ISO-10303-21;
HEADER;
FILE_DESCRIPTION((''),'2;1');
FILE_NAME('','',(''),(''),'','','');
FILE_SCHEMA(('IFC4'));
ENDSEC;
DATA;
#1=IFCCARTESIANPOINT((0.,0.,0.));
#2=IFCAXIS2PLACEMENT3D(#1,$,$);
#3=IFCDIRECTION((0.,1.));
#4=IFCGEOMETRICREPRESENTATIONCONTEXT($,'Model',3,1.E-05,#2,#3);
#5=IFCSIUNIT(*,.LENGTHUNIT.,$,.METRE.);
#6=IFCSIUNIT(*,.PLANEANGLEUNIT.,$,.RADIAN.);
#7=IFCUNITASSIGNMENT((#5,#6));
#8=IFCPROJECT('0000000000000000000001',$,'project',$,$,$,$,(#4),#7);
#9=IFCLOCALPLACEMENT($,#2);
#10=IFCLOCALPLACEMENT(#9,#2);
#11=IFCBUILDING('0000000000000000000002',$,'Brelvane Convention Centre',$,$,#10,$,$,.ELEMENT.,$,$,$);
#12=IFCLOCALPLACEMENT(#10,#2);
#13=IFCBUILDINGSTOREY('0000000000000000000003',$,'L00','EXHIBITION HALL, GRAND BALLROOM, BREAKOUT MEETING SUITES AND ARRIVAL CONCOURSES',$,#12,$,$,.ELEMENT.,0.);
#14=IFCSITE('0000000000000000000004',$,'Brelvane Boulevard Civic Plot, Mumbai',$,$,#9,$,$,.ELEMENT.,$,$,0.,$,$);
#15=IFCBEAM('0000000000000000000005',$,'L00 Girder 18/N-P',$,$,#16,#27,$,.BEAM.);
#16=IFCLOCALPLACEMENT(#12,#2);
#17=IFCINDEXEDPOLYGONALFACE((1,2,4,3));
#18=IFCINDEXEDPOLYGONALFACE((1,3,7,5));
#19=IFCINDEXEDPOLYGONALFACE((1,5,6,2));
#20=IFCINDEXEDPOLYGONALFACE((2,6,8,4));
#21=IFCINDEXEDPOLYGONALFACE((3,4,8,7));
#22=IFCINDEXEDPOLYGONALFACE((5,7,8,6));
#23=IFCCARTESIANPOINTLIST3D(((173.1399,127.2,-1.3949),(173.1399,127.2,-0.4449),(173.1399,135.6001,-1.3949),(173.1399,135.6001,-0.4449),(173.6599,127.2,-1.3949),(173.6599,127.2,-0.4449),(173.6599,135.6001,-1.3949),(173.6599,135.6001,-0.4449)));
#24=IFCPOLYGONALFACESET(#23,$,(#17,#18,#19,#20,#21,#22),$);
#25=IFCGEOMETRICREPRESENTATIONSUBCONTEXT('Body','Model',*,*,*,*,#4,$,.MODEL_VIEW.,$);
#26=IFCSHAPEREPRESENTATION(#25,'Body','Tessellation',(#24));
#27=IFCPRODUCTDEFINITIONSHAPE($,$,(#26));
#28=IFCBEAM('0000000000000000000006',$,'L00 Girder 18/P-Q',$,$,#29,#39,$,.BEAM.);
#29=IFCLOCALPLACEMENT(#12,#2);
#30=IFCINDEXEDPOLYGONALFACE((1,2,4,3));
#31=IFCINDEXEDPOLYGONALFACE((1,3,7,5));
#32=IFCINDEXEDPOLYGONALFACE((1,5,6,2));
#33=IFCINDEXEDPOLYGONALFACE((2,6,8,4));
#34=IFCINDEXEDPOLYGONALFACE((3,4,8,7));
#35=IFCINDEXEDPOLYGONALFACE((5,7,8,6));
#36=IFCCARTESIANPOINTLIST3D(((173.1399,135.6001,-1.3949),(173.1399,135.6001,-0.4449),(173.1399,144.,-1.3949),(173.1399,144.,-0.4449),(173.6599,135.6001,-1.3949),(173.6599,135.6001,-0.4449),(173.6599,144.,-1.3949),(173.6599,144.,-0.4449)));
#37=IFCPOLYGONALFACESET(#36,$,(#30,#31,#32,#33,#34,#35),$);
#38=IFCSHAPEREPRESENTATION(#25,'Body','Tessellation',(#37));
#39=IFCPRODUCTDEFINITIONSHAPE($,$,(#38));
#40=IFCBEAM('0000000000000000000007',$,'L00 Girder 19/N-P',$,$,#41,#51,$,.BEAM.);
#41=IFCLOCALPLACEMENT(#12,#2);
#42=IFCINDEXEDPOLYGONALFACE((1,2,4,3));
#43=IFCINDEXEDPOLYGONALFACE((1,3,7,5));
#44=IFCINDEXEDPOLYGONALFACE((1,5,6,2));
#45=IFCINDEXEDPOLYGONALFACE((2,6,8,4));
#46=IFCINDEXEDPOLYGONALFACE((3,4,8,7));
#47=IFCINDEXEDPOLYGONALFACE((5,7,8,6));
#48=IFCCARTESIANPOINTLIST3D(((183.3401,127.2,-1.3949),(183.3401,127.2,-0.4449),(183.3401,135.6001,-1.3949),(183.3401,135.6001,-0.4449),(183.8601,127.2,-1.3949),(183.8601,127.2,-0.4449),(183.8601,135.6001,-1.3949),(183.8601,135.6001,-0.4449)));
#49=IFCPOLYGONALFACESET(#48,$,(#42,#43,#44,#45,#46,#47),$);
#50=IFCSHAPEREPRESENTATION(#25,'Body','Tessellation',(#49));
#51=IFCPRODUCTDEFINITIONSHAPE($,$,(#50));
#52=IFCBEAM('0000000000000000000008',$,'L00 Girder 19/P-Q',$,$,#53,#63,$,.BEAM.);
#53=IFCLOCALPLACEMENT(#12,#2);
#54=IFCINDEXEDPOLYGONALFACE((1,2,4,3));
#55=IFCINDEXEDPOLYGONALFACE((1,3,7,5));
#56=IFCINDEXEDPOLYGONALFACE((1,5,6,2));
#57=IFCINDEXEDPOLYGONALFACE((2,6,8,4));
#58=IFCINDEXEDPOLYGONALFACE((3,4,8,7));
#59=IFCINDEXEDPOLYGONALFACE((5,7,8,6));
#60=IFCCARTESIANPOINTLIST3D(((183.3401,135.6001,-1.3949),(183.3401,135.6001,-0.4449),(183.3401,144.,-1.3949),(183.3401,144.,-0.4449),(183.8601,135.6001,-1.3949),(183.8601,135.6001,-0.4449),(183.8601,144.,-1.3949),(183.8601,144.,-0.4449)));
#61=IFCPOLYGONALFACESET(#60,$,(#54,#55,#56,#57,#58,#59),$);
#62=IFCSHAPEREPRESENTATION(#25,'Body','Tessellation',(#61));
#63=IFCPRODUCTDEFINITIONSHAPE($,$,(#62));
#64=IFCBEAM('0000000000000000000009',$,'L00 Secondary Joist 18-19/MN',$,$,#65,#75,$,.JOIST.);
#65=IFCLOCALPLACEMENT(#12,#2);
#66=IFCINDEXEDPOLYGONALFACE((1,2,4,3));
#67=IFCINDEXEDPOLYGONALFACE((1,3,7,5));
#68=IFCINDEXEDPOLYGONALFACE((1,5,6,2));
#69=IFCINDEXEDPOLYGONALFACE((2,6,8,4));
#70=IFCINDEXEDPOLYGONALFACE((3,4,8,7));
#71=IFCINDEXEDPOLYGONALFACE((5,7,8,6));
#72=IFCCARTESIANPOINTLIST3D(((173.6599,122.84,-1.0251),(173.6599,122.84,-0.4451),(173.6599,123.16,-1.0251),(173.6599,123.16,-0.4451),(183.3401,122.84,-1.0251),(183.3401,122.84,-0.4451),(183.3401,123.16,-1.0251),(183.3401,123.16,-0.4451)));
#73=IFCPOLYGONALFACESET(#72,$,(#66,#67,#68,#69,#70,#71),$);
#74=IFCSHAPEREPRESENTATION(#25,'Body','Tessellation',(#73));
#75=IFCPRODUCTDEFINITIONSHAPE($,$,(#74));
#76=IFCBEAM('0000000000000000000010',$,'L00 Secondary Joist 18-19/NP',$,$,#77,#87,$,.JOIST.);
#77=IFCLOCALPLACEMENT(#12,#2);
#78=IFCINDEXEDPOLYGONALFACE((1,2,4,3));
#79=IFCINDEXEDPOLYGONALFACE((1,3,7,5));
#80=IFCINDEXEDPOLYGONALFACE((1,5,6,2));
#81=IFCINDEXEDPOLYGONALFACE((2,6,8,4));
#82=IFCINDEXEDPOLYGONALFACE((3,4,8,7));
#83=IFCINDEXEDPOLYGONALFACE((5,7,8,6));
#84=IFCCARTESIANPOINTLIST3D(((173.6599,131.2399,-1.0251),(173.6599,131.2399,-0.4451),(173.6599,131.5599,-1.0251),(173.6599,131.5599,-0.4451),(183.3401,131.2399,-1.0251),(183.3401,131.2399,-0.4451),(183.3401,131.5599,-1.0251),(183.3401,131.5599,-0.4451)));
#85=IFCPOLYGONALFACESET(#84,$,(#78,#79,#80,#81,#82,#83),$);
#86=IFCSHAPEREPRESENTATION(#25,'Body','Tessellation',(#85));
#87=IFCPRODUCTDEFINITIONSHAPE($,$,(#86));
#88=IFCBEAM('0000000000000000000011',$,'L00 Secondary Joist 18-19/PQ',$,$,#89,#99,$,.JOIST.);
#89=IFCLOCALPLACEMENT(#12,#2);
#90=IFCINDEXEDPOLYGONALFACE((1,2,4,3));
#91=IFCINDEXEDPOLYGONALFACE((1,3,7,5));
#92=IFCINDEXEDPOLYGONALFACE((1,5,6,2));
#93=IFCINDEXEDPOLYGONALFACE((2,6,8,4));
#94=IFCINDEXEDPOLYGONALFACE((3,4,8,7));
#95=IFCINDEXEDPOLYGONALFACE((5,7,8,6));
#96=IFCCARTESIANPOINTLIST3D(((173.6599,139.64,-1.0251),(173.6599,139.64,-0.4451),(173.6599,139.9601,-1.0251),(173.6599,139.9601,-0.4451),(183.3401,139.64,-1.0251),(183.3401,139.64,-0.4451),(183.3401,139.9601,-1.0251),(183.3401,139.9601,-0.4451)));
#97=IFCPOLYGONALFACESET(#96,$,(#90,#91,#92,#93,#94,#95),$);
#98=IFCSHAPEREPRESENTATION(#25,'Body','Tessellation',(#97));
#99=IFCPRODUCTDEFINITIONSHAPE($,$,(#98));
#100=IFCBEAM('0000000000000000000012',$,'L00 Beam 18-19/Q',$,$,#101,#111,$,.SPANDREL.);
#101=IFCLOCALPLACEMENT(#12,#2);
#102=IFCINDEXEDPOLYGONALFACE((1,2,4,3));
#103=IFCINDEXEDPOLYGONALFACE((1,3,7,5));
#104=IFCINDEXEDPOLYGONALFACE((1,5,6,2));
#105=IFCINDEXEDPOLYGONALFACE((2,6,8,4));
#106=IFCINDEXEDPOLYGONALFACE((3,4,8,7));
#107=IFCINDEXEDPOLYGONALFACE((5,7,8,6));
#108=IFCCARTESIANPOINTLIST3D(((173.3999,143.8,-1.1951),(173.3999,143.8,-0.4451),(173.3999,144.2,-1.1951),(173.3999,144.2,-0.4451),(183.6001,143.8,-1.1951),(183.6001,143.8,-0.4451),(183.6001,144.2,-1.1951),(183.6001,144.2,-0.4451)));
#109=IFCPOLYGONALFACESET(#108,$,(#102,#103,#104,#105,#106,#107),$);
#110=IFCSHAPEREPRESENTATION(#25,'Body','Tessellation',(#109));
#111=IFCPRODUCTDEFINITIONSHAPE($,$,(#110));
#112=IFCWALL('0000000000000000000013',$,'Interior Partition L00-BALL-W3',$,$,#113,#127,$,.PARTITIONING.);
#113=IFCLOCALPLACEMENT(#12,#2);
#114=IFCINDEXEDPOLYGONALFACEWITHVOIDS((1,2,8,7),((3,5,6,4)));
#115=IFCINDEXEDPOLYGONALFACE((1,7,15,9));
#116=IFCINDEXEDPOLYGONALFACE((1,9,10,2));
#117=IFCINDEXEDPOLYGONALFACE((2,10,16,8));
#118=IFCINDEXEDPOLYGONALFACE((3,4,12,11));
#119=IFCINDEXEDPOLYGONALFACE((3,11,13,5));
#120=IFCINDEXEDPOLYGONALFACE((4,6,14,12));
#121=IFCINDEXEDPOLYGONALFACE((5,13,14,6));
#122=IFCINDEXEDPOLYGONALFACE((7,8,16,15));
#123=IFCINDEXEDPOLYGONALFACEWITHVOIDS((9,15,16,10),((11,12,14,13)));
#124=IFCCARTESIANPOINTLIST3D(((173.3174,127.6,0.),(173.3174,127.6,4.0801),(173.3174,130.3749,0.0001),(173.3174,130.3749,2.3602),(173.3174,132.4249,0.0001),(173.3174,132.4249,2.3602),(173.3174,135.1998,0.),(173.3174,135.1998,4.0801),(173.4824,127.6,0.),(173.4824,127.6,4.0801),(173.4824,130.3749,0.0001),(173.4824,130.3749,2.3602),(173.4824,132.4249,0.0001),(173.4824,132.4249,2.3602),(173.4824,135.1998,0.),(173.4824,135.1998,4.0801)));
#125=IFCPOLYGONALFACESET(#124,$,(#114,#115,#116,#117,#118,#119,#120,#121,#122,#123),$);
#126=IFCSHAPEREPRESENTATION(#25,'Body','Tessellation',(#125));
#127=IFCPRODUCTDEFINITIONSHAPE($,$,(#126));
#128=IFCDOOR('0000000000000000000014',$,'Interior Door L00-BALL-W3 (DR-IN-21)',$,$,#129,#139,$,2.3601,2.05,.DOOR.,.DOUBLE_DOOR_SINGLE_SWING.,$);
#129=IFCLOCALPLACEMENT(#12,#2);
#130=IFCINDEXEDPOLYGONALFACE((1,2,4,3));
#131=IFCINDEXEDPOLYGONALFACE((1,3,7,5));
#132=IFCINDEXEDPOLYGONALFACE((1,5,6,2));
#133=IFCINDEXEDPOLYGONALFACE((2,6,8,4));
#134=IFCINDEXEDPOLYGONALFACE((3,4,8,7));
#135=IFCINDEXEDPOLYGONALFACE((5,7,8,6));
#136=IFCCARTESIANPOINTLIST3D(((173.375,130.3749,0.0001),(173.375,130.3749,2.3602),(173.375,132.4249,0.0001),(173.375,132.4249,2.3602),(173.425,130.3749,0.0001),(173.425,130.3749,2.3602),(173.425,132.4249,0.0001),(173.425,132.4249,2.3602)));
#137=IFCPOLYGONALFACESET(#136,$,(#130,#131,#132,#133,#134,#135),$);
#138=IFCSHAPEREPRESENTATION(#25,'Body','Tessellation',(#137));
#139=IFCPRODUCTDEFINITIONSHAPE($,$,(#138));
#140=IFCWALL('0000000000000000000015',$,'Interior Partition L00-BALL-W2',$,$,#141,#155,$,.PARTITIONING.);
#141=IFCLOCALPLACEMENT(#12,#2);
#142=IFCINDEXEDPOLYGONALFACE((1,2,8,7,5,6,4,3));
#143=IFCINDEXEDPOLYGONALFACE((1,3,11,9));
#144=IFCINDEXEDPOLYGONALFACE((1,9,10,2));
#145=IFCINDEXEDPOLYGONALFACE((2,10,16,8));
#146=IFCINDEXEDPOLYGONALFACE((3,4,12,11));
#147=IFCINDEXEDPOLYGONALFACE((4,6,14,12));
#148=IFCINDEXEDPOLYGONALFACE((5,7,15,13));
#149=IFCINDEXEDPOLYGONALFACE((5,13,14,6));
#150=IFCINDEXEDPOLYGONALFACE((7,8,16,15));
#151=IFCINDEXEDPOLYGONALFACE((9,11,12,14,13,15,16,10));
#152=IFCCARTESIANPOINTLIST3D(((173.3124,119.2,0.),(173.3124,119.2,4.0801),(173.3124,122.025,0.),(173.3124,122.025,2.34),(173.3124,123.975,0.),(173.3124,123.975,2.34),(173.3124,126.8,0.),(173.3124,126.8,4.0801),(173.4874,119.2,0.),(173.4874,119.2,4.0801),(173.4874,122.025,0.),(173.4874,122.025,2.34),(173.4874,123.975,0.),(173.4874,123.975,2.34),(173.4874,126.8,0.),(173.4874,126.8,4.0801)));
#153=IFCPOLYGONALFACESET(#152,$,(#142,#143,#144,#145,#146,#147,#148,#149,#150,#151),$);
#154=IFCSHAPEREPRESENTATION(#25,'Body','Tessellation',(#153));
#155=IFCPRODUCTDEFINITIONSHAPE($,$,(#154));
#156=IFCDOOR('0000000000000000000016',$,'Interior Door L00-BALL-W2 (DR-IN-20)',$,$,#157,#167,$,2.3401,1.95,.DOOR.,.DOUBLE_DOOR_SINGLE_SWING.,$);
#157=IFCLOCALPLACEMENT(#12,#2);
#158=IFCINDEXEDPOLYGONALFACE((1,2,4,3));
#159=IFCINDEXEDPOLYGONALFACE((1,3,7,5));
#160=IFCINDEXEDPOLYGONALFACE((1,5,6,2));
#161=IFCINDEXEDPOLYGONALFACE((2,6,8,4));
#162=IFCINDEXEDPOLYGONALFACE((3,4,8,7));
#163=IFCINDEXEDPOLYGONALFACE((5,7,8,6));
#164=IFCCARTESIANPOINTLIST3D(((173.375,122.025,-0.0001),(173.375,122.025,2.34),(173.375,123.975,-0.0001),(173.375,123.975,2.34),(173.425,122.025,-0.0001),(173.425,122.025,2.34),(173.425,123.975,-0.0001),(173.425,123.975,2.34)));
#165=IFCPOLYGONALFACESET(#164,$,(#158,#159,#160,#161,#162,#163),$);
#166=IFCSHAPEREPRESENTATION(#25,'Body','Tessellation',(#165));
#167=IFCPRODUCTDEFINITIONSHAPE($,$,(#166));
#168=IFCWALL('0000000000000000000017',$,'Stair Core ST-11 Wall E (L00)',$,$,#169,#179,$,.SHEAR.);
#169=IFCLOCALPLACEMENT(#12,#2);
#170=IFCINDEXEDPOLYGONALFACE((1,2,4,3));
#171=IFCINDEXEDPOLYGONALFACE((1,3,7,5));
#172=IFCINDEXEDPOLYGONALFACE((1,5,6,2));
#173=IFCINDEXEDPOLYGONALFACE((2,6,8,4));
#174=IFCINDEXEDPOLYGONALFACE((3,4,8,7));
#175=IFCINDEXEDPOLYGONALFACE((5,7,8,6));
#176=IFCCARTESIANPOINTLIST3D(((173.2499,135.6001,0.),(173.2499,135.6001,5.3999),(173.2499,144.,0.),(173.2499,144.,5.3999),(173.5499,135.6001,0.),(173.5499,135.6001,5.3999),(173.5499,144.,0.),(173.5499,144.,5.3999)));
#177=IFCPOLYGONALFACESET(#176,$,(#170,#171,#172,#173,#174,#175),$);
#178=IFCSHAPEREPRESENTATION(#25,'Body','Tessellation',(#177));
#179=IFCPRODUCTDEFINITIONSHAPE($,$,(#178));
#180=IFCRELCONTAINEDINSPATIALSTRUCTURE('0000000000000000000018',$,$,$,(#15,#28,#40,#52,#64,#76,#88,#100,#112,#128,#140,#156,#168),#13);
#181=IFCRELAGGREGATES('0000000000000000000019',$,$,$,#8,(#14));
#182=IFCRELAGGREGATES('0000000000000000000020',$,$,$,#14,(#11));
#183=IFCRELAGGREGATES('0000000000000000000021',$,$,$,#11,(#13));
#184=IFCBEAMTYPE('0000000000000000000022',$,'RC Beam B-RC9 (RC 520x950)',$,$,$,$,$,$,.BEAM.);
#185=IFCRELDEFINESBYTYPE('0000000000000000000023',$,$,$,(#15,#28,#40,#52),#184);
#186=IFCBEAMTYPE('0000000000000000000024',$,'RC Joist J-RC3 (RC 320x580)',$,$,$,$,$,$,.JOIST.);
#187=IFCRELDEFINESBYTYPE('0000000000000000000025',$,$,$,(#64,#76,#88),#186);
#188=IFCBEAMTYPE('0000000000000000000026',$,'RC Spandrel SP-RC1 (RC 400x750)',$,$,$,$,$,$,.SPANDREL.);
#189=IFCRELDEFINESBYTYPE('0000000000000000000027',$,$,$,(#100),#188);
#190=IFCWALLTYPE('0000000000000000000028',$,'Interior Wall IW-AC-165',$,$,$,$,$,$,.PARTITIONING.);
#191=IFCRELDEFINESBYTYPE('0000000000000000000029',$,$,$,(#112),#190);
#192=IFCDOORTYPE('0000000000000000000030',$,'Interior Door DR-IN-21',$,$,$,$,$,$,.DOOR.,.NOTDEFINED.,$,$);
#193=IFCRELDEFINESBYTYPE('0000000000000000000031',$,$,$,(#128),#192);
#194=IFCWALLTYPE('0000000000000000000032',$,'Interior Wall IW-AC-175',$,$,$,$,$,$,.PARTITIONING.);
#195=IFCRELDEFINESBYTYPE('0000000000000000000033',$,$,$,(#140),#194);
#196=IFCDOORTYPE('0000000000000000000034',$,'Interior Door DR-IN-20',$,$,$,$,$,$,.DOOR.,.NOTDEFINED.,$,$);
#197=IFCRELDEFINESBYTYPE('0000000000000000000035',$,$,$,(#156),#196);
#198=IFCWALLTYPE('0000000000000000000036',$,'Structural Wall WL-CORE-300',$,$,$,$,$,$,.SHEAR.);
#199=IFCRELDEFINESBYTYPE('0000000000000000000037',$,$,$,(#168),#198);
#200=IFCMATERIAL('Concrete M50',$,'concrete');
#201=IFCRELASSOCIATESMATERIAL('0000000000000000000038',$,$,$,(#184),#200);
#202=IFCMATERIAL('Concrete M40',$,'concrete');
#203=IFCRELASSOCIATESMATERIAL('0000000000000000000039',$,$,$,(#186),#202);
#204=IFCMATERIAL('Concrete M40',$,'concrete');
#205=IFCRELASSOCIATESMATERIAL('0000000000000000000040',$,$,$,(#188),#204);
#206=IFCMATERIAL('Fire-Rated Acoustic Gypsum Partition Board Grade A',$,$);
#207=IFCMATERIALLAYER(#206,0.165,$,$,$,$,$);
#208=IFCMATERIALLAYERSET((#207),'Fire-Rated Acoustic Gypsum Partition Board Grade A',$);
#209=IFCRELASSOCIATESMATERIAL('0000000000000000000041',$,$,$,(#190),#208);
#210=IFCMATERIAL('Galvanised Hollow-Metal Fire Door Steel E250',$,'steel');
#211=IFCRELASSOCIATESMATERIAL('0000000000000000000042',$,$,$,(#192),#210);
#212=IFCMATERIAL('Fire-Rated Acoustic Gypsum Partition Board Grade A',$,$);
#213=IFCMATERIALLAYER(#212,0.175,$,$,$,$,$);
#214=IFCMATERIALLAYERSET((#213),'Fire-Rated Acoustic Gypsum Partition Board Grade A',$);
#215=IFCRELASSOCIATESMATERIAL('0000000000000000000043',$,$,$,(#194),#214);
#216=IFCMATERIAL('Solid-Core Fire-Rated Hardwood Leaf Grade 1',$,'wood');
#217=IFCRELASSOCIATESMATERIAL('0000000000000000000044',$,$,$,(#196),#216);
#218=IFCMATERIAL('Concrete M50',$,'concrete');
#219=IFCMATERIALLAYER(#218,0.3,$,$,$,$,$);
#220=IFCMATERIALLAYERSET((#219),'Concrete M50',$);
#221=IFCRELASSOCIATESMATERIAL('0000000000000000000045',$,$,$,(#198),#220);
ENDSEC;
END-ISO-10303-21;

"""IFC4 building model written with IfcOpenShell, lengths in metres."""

from ifc_helpers import new_model, si_unit, direction, frame, frame_2d, origin, origin_2d, place, context, subcontext, project, spatial, rectangle, extrude, material, layer, layer_set, material_profile, profile_set, type_object, element, fill, save


model = new_model("IFC4")

# Units and contexts
model_context = context("Model", 3, precision=1e-05, world=origin(), true_north=direction((0.0, 1.0)))
body_context = subcontext(model_context, "Body", "Model", "MODEL_VIEW")
ifc_project = project(units=[si_unit("LENGTHUNIT", "METRE"), si_unit("PLANEANGLEUNIT", "RADIAN")], contexts=[model_context])

# Site, building, storey
site_placement = place(None, origin())
site = spatial("IfcSite", under=ifc_project, at=site_placement, Name="Brelvane Boulevard Civic Plot, Mumbai", CompositionType="ELEMENT", RefElevation=0.0)
building_placement = place(site_placement, origin())
building = spatial("IfcBuilding", under=site, at=building_placement, Name="Brelvane Convention Centre", CompositionType="ELEMENT")
storey_placement = place(building_placement, origin())
storey = spatial("IfcBuildingStorey", under=building, at=storey_placement, Name="L00", Description="EXHIBITION HALL, GRAND BALLROOM, BREAKOUT MEETING SUITES AND ARRIVAL CONCOURSES", CompositionType="ELEMENT", Elevation=0.0)

# Beams
ifc_material_1 = material(Name="Concrete M50", Category="concrete")
ifc_material_profile_1 = material_profile(ifc_material_1, rectangle(XDim=0.52, YDim=0.95, at=origin_2d()), Name="RC 520x950")
ifc_profile_set_1 = profile_set([ifc_material_profile_1], Name="Concrete M50")
beam_type_1 = type_object("IfcBeamType", Name="RC Beam B-RC9 (RC 520x950)", PredefinedType="BEAM", material=ifc_profile_set_1)
beam_1_placement = place(storey_placement, frame((173.3999, 127.2, -0.9199), z_axis=(0.0, 1.0, 0.0), x_axis=(-1.0, 0.0, 0.0)))
element("IfcBeam", 1, at=beam_1_placement, inside=storey, type_object=beam_type_1, Name="L00 Girder 18/N-P", PredefinedType="BEAM", context=body_context, shape_type="SweptSolid", body=[
    extrude(rectangle(XDim=0.52, YDim=0.95, at=origin_2d()), origin(), (0.0, 0.0, 1.0), 8.4001),
])
beam_2_placement = place(storey_placement, frame((173.3999, 135.6001, -0.9199), z_axis=(0.0, 1.0, 0.0), x_axis=(-1.0, 0.0, 0.0)))
element("IfcBeam", 2, at=beam_2_placement, inside=storey, type_object=beam_type_1, Name="L00 Girder 18/P-Q", PredefinedType="BEAM", context=body_context, shape_type="SweptSolid", body=[
    extrude(rectangle(XDim=0.52, YDim=0.95, at=origin_2d()), origin(), (0.0, 0.0, 1.0), 8.3999),
])
beam_3_placement = place(storey_placement, frame((183.6001, 127.2, -0.9199), z_axis=(0.0, 1.0, 0.0), x_axis=(-1.0, 0.0, 0.0)))
element("IfcBeam", 3, at=beam_3_placement, inside=storey, type_object=beam_type_1, Name="L00 Girder 19/N-P", PredefinedType="BEAM", context=body_context, shape_type="SweptSolid", body=[
    extrude(rectangle(XDim=0.52, YDim=0.95, at=origin_2d()), origin(), (0.0, 0.0, 1.0), 8.4001),
])
beam_4_placement = place(storey_placement, frame((183.6001, 135.6001, -0.9199), z_axis=(0.0, 1.0, 0.0), x_axis=(-1.0, 0.0, 0.0)))
element("IfcBeam", 4, at=beam_4_placement, inside=storey, type_object=beam_type_1, Name="L00 Girder 19/P-Q", PredefinedType="BEAM", context=body_context, shape_type="SweptSolid", body=[
    extrude(rectangle(XDim=0.52, YDim=0.95, at=origin_2d()), origin(), (0.0, 0.0, 1.0), 8.3999),
])
ifc_material_2 = material(Name="Concrete M40", Category="concrete")
ifc_material_profile_2 = material_profile(ifc_material_2, rectangle(XDim=0.3201, YDim=0.5801, at=origin_2d()), Name="RC 320x580")
ifc_profile_set_2 = profile_set([ifc_material_profile_2], Name="Concrete M40")
beam_type_2 = type_object("IfcBeamType", Name="RC Joist J-RC3 (RC 320x580)", PredefinedType="JOIST", material=ifc_profile_set_2)
for number, where, z_axis, x_axis, name in (
    (5, (173.6599, 123.0, -0.7351), (1.0, 0.0, 0.0), (0.0, 1.0, 0.0), "L00 Secondary Joist 18-19/MN"),
    (6, (173.6599, 131.3999, -0.7351), (1.0, 0.0, 0.0), (0.0, 1.0, 0.0), "L00 Secondary Joist 18-19/NP"),
    (7, (173.6599, 139.8, -0.7351), (1.0, 0.0, 0.0), (0.0, 1.0, 0.0), "L00 Secondary Joist 18-19/PQ"),
):
    element("IfcBeam", number, at=place(storey_placement, frame(where, z_axis=z_axis, x_axis=x_axis)), inside=storey, type_object=beam_type_2, Name=name, PredefinedType="JOIST", context=body_context, shape_type="SweptSolid", body=[
        extrude(rectangle(XDim=0.3201, YDim=0.5801, at=origin_2d()), origin(), (0.0, 0.0, 1.0), 9.6802),
    ])
ifc_material_3 = material(Name="Concrete M40", Category="concrete")
ifc_material_profile_3 = material_profile(ifc_material_3, rectangle(XDim=0.3999, YDim=0.75, at=origin_2d()), Name="RC 400x750")
ifc_profile_set_3 = profile_set([ifc_material_profile_3], Name="Concrete M40")
beam_type_3 = type_object("IfcBeamType", Name="RC Spandrel SP-RC1 (RC 400x750)", PredefinedType="SPANDREL", material=ifc_profile_set_3)
beam_5_placement = place(storey_placement, frame((173.3999, 144.0, -0.8201), z_axis=(1.0, 0.0, 0.0), x_axis=(0.0, 1.0, 0.0)))
element("IfcBeam", 8, at=beam_5_placement, inside=storey, type_object=beam_type_3, Name="L00 Beam 18-19/Q", PredefinedType="SPANDREL", context=body_context, shape_type="SweptSolid", body=[
    extrude(rectangle(XDim=0.3999, YDim=0.75, at=origin_2d()), origin(), (0.0, 0.0, 1.0), 10.2002),
])

# Walls, openings, doors
ifc_material_4 = material(Name="Fire-Rated Acoustic Gypsum Partition Board Grade A")
ifc_layer_1 = layer(ifc_material_4, 0.165)
ifc_layer_set_1 = layer_set([ifc_layer_1], Name="Fire-Rated Acoustic Gypsum Partition Board Grade A")
wall_type_1 = type_object("IfcWallType", Name="Interior Wall IW-AC-165", PredefinedType="PARTITIONING", material=ifc_layer_set_1)
wall_1_placement = place(storey_placement, frame((173.3999, 127.6001, 0.0), z_axis=(0.0, 0.0, 1.0), x_axis=(0.0, 1.0, 0.0)))
wall_1 = element("IfcWall", 9, at=wall_1_placement, inside=storey, type_object=wall_type_1, Name="Interior Partition L00-BALL-W3", PredefinedType="PARTITIONING", context=body_context, shape_type="SweptSolid", body=[
    extrude(rectangle(XDim=7.5999, YDim=0.165, at=frame_2d((3.7998, 0.0))), origin(), (0.0, 0.0, 1.0), 4.0801),
])
opening_1_placement = place(wall_1_placement, frame((2.7749, 0.0, 0.0)))
opening_1 = element("IfcOpeningElement", 10, at=opening_1_placement, cuts=wall_1, PredefinedType="OPENING", context=body_context, shape_type="SweptSolid", body=[
    extrude(rectangle(XDim=2.05, YDim=2.3601, at=frame_2d((1.0249, 1.1802))), frame((0.0, 0.0925, 0.0), z_axis=(0.0, -1.0, 0.0), x_axis=(1.0, 0.0, 0.0)), (0.0, 0.0, 1.0), 0.1851),
])
ifc_material_5 = material(Name="Galvanised Hollow-Metal Fire Door Steel E250", Category="steel")
door_type_1 = type_object("IfcDoorType", Name="Interior Door DR-IN-21", OperationType="NOTDEFINED", PredefinedType="DOOR", material=ifc_material_5)
door_1_placement = place(opening_1_placement, origin())
door_1 = element("IfcDoor", 11, at=door_1_placement, inside=storey, type_object=door_type_1, Name="Interior Door L00-BALL-W3 (DR-IN-21)", OperationType="DOUBLE_DOOR_SINGLE_SWING", OverallHeight=2.3601, OverallWidth=2.05, PredefinedType="DOOR", context=body_context, shape_type="SweptSolid", body=[
    extrude(rectangle(XDim=2.05, YDim=2.3601, at=frame_2d((1.0249, 1.1802))), frame((0.0, 0.0249, 0.0), z_axis=(0.0, -1.0, 0.0), x_axis=(1.0, 0.0, 0.0)), (0.0, 0.0, 1.0), 0.05),
])
fill(opening_1, door_1)
ifc_material_6 = material(Name="Fire-Rated Acoustic Gypsum Partition Board Grade A")
ifc_layer_2 = layer(ifc_material_6, 0.175)
ifc_layer_set_2 = layer_set([ifc_layer_2], Name="Fire-Rated Acoustic Gypsum Partition Board Grade A")
wall_type_2 = type_object("IfcWallType", Name="Interior Wall IW-AC-175", PredefinedType="PARTITIONING", material=ifc_layer_set_2)
wall_2_placement = place(storey_placement, frame((173.3999, 119.2, 0.0), z_axis=(0.0, 0.0, 1.0), x_axis=(0.0, 1.0, 0.0)))
wall_2 = element("IfcWall", 12, at=wall_2_placement, inside=storey, type_object=wall_type_2, Name="Interior Partition L00-BALL-W2", PredefinedType="PARTITIONING", context=body_context, shape_type="SweptSolid", body=[
    extrude(rectangle(XDim=7.6001, YDim=0.175, at=frame_2d((3.8, 0.0))), origin(), (0.0, 0.0, 1.0), 4.0801),
])
opening_2_placement = place(wall_2_placement, frame((2.825, 0.0, 0.0)))
opening_2 = element("IfcOpeningElement", 13, at=opening_2_placement, cuts=wall_2, PredefinedType="OPENING", context=body_context, shape_type="SweptSolid", body=[
    extrude(rectangle(XDim=1.95, YDim=2.3401, at=frame_2d((0.9751, 1.1699))), frame((0.0, 0.0974, 0.0), z_axis=(0.0, -1.0, 0.0), x_axis=(1.0, 0.0, 0.0)), (0.0, 0.0, 1.0), 0.1951),
])
ifc_material_7 = material(Name="Solid-Core Fire-Rated Hardwood Leaf Grade 1", Category="wood")
door_type_2 = type_object("IfcDoorType", Name="Interior Door DR-IN-20", OperationType="NOTDEFINED", PredefinedType="DOOR", material=ifc_material_7)
door_2_placement = place(opening_2_placement, origin())
door_2 = element("IfcDoor", 14, at=door_2_placement, inside=storey, type_object=door_type_2, Name="Interior Door L00-BALL-W2 (DR-IN-20)", OperationType="DOUBLE_DOOR_SINGLE_SWING", OverallHeight=2.3401, OverallWidth=1.95, PredefinedType="DOOR", context=body_context, shape_type="SweptSolid", body=[
    extrude(rectangle(XDim=1.95, YDim=2.3401, at=frame_2d((0.9751, 1.1699))), frame((0.0, 0.0249, 0.0), z_axis=(0.0, -1.0, 0.0), x_axis=(1.0, 0.0, 0.0)), (0.0, 0.0, 1.0), 0.05),
])
fill(opening_2, door_2)

# Wall
ifc_material_8 = material(Name="Concrete M50", Category="concrete")
ifc_layer_3 = layer(ifc_material_8, 0.3)
ifc_layer_set_3 = layer_set([ifc_layer_3], Name="Concrete M50")
wall_type_3 = type_object("IfcWallType", Name="Structural Wall WL-CORE-300", PredefinedType="SHEAR", material=ifc_layer_set_3)
wall_3_placement = place(storey_placement, frame((173.3999, 135.6001, 0.0), z_axis=(0.0, 0.0, 1.0), x_axis=(0.0, 1.0, 0.0)))
element("IfcWall", 15, at=wall_3_placement, inside=storey, type_object=wall_type_3, Name="Stair Core ST-11 Wall E (L00)", PredefinedType="SHEAR", context=body_context, shape_type="SweptSolid", body=[
    extrude(rectangle(XDim=8.3999, YDim=0.3, at=frame_2d((4.2, 0.0))), origin(), (0.0, 0.0, 1.0), 5.3999),
])

save(model, "model.ifc")
